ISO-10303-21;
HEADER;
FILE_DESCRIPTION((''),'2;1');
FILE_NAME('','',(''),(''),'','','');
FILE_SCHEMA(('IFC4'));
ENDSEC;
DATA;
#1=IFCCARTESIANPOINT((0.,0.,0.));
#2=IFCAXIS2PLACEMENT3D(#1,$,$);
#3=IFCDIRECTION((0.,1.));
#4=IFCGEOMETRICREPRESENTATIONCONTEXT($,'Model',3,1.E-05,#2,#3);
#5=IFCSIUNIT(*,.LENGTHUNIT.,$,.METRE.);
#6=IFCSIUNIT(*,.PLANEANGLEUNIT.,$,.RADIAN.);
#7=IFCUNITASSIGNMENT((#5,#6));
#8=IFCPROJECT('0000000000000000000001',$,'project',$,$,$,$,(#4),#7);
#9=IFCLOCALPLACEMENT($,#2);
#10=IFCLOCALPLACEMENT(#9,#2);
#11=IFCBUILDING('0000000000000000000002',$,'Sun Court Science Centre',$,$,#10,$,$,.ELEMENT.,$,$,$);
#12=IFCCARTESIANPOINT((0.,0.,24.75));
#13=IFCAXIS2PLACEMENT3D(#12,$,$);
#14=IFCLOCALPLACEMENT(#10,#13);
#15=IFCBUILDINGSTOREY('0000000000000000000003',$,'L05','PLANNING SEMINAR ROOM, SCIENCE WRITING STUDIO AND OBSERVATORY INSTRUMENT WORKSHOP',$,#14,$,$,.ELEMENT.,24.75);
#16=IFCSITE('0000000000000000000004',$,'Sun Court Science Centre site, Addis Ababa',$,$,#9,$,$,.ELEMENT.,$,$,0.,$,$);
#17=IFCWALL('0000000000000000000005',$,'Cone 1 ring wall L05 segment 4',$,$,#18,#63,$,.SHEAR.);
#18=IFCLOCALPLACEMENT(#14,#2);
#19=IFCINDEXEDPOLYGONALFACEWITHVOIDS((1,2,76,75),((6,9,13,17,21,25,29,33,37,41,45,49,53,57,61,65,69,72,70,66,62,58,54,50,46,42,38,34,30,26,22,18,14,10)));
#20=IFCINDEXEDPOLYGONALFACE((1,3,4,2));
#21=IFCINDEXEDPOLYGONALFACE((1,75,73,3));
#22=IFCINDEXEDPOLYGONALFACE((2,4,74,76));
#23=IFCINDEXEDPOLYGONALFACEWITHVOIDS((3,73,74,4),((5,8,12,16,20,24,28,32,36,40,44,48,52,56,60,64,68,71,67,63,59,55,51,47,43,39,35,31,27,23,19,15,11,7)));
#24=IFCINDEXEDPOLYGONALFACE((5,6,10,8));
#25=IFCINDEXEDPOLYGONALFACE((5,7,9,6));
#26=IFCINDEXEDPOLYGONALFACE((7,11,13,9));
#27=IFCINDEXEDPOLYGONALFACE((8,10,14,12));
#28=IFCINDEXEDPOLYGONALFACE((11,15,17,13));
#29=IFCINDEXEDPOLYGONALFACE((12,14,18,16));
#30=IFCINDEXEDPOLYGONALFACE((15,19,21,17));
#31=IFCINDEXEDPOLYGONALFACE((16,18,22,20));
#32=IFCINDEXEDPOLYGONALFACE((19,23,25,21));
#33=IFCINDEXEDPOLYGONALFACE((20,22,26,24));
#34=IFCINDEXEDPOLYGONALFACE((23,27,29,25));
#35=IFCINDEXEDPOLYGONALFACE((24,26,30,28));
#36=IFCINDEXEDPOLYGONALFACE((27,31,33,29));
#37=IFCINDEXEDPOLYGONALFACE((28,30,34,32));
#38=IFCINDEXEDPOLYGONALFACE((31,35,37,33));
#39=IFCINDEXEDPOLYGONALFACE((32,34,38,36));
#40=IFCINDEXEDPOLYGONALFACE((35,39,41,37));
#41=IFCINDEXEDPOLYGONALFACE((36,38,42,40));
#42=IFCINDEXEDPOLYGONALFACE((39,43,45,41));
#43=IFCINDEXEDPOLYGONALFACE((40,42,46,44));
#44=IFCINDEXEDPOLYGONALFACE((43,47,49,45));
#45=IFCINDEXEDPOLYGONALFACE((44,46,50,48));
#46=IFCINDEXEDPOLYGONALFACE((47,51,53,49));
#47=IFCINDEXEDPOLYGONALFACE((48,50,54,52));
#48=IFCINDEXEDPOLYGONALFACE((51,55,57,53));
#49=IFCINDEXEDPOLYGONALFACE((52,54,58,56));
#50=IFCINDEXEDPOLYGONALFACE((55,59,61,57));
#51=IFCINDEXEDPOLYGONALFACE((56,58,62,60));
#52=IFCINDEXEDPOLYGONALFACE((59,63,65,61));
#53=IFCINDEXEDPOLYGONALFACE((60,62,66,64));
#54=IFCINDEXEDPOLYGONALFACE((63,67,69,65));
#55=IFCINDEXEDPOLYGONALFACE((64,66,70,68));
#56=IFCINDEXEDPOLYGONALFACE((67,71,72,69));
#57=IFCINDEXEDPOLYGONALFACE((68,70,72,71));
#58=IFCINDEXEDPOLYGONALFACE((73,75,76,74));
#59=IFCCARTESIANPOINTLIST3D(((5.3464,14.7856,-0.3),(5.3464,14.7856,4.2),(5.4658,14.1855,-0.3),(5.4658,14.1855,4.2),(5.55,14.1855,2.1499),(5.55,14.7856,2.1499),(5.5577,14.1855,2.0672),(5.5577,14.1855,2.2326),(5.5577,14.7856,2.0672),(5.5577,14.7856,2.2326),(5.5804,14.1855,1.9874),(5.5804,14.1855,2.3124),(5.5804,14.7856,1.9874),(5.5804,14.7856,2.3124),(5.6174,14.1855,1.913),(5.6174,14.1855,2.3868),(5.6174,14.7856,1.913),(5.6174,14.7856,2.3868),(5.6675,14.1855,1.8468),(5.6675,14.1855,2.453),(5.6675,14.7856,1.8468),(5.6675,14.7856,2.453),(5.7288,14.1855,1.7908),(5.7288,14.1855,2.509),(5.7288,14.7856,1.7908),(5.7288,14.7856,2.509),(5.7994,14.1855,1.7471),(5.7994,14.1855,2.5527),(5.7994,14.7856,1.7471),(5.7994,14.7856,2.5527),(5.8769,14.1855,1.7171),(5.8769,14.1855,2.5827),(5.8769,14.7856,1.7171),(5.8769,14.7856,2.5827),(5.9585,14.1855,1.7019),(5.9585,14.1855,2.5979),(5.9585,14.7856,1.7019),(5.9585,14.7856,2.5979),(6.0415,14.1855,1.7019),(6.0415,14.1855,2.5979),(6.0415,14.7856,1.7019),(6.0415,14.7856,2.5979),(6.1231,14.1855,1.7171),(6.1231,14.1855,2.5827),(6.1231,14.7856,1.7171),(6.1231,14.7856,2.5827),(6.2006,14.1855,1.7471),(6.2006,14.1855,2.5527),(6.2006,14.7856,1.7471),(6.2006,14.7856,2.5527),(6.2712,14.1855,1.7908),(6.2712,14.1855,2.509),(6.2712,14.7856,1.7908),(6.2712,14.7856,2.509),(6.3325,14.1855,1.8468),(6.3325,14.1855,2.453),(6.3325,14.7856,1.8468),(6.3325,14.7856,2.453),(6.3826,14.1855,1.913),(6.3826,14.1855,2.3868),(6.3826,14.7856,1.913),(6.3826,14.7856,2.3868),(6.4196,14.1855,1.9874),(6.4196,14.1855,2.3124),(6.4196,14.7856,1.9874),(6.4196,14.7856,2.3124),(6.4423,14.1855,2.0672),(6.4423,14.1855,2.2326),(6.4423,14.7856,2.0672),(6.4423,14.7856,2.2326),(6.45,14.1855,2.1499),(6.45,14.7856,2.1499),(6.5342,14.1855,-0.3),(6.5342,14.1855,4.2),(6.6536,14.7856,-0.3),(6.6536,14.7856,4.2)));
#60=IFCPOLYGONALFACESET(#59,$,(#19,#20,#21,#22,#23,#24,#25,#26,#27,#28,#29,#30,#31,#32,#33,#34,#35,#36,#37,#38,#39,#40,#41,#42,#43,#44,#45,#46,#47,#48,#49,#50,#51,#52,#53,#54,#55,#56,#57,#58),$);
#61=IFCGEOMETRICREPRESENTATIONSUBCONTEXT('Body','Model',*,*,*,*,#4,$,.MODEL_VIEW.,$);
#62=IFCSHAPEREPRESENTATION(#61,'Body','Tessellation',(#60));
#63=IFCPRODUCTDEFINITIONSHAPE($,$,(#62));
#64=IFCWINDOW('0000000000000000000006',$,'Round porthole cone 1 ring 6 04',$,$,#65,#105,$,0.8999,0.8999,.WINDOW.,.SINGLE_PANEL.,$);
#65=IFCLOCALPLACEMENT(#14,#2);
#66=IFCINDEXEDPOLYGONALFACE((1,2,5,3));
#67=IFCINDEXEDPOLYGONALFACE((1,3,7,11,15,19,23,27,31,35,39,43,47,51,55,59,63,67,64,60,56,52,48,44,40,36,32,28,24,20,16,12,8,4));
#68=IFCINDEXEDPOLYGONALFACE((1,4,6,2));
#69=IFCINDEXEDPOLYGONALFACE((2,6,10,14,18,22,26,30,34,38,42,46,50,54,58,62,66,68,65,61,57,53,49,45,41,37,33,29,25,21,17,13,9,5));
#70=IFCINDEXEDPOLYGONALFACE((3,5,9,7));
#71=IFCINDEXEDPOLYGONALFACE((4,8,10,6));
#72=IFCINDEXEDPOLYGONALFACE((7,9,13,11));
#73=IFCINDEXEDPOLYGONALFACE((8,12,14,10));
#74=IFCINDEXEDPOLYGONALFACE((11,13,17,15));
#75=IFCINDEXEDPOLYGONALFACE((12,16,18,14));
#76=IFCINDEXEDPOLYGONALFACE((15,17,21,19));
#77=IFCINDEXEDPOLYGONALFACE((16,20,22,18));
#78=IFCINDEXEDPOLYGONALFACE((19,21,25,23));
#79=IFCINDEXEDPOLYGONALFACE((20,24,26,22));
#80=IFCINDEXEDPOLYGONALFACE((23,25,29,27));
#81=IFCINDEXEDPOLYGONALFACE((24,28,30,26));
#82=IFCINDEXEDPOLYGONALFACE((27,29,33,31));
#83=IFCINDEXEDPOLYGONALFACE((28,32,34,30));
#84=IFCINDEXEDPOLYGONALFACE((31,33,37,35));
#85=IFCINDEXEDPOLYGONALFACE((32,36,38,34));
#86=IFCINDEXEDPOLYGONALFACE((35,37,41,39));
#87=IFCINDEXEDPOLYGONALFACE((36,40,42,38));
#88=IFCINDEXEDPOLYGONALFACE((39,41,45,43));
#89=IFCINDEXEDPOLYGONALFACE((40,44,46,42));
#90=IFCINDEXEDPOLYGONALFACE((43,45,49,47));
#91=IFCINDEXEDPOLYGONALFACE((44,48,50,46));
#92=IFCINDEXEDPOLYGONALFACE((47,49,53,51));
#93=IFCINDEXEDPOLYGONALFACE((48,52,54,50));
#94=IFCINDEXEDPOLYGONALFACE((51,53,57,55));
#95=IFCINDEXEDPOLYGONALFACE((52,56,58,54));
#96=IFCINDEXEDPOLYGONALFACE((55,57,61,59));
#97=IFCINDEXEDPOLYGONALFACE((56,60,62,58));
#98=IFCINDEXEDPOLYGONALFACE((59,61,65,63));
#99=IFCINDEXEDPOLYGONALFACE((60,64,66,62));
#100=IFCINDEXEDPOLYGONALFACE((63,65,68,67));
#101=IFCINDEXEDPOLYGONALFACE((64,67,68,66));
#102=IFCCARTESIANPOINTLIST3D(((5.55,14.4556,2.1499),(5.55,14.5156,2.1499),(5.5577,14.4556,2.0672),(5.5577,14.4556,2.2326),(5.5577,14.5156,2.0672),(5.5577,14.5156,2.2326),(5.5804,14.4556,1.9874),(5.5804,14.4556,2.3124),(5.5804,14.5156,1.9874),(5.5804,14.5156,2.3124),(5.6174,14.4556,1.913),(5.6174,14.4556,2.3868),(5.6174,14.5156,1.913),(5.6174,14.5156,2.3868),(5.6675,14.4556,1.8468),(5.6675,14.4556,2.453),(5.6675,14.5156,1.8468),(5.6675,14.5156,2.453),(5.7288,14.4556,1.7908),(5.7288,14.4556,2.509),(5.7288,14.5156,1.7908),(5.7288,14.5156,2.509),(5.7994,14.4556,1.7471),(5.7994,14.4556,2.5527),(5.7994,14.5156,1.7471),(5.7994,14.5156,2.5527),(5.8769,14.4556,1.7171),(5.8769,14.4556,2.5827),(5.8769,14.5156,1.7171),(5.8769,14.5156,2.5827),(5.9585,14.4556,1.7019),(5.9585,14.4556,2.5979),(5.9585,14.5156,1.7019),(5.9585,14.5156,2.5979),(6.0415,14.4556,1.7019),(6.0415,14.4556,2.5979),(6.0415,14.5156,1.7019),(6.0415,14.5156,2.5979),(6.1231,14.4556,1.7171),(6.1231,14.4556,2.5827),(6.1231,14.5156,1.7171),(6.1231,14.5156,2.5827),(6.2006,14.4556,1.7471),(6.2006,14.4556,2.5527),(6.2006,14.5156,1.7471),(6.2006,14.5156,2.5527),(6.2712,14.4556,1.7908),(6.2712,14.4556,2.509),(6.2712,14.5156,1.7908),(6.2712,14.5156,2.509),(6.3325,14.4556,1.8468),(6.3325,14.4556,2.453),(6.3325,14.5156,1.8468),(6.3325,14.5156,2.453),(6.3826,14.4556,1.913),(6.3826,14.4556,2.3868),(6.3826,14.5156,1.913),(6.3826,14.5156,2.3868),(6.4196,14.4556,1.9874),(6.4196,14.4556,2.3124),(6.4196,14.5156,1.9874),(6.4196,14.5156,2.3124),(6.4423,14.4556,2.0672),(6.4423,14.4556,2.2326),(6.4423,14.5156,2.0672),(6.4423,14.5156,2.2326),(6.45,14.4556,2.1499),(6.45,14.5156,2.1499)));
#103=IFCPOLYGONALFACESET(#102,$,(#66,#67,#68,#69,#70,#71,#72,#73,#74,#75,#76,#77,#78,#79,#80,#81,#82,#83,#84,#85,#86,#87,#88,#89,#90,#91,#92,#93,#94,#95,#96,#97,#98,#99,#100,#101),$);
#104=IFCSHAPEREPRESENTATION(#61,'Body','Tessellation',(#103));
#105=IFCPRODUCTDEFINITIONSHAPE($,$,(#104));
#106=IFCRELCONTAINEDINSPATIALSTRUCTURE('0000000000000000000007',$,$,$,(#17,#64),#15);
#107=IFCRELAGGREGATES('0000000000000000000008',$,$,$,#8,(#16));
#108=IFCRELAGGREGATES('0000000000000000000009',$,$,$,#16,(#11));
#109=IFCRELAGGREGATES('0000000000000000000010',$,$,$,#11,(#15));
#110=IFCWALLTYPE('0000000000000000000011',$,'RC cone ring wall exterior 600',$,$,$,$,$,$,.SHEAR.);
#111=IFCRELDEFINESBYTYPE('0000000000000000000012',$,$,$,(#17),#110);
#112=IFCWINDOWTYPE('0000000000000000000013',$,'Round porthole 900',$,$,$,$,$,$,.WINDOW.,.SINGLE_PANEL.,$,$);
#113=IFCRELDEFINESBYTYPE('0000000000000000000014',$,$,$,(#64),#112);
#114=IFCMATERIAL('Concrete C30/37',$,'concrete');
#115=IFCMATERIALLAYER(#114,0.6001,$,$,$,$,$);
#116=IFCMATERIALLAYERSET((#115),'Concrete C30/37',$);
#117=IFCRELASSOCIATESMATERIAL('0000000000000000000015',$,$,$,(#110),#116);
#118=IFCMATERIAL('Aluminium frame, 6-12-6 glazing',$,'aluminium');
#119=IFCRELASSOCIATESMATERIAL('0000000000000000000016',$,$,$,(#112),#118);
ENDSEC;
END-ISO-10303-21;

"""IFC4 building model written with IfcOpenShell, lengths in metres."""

from ifc_helpers import new_model, si_unit, direction, frame, frame_2d, origin, place, context, subcontext, project, spatial, polyline, circle, outline, extrude, material, layer, layer_set, type_object, element, fill, save


model = new_model("IFC4")

# Units and contexts
model_context = context("Model", 3, precision=1e-05, world=origin(), true_north=direction((0.0, 1.0)))
body_context = subcontext(model_context, "Body", "Model", "MODEL_VIEW")
ifc_project = project(units=[si_unit("LENGTHUNIT", "METRE"), si_unit("PLANEANGLEUNIT", "RADIAN")], contexts=[model_context])

# Site, building, storey
site_placement = place(None, origin())
site = spatial("IfcSite", under=ifc_project, at=site_placement, Name="Sun Court Science Centre site, Addis Ababa", CompositionType="ELEMENT", RefElevation=0.0)
building_placement = place(site_placement, origin())
building = spatial("IfcBuilding", under=site, at=building_placement, Name="Sun Court Science Centre", CompositionType="ELEMENT")
storey_placement = place(building_placement, frame((0.0, 0.0, 24.75)))
storey = spatial("IfcBuildingStorey", under=building, at=storey_placement, Name="L05", Description="PLANNING SEMINAR ROOM, SCIENCE WRITING STUDIO AND OBSERVATORY INSTRUMENT WORKSHOP", CompositionType="ELEMENT", Elevation=24.75)

# Wall, opening, window
ifc_material_1 = material(Name="Concrete C30/37", Category="concrete")
ifc_layer = layer(ifc_material_1, 0.6001)
ifc_layer_set = layer_set([ifc_layer], Name="Concrete C30/37")
wall_type = type_object("IfcWallType", Name="RC cone ring wall exterior 600", PredefinedType="SHEAR", material=ifc_layer_set)
wall_1_placement = place(storey_placement, frame((6.6536, 14.4856, -0.3), z_axis=(0.0, 0.0, 1.0), x_axis=(-1.0, 0.0, 0.0)))
wall_1 = element("IfcWall", 1, at=wall_1_placement, inside=storey, type_object=wall_type, Name="Cone 1 ring wall L05 segment 4", PredefinedType="SHEAR", context=body_context, shape_type="SweptSolid", body=[
    extrude(outline(polyline([(0.0, -0.3), (1.3071, -0.3), (1.1877, 0.3), (0.1194, 0.3), (0.0, -0.3)])), origin(), (0.0, 0.0, 1.0), 4.5),
])
opening_1_placement = place(wall_1_placement, frame((0.2036, 0.0, 2.0)))
opening_1 = element("IfcOpeningElement", 2, at=opening_1_placement, cuts=wall_1, PredefinedType="OPENING", context=body_context, shape_type="SweptSolid", body=[
    extrude(circle(Radius=0.45, at=frame_2d((0.45, 0.45))), frame((0.0, 0.3101, 0.0), z_axis=(0.0, -1.0, 0.0), x_axis=(1.0, 0.0, 0.0)), (0.0, 0.0, 1.0), 0.6201),
])
ifc_material_2 = material(Name="Aluminium frame, 6-12-6 glazing", Category="aluminium")
window_type = type_object("IfcWindowType", Name="Round porthole 900", PartitioningType="SINGLE_PANEL", PredefinedType="WINDOW", material=ifc_material_2)
window_1_placement = place(opening_1_placement, origin())
window_1 = element("IfcWindow", 3, at=window_1_placement, inside=storey, type_object=window_type, Name="Round porthole cone 1 ring 6 04", OverallHeight=0.8999, OverallWidth=0.8999, PartitioningType="SINGLE_PANEL", PredefinedType="WINDOW", context=body_context, shape_type="SweptSolid", body=[
    extrude(circle(Radius=0.45, at=frame_2d((0.45, 0.45))), frame((0.0, 0.03, 0.0), z_axis=(0.0, -1.0, 0.0), x_axis=(1.0, 0.0, 0.0)), (0.0, 0.0, 1.0), 0.0601),
])
fill(opening_1, window_1)

save(model, "model.ifc")
